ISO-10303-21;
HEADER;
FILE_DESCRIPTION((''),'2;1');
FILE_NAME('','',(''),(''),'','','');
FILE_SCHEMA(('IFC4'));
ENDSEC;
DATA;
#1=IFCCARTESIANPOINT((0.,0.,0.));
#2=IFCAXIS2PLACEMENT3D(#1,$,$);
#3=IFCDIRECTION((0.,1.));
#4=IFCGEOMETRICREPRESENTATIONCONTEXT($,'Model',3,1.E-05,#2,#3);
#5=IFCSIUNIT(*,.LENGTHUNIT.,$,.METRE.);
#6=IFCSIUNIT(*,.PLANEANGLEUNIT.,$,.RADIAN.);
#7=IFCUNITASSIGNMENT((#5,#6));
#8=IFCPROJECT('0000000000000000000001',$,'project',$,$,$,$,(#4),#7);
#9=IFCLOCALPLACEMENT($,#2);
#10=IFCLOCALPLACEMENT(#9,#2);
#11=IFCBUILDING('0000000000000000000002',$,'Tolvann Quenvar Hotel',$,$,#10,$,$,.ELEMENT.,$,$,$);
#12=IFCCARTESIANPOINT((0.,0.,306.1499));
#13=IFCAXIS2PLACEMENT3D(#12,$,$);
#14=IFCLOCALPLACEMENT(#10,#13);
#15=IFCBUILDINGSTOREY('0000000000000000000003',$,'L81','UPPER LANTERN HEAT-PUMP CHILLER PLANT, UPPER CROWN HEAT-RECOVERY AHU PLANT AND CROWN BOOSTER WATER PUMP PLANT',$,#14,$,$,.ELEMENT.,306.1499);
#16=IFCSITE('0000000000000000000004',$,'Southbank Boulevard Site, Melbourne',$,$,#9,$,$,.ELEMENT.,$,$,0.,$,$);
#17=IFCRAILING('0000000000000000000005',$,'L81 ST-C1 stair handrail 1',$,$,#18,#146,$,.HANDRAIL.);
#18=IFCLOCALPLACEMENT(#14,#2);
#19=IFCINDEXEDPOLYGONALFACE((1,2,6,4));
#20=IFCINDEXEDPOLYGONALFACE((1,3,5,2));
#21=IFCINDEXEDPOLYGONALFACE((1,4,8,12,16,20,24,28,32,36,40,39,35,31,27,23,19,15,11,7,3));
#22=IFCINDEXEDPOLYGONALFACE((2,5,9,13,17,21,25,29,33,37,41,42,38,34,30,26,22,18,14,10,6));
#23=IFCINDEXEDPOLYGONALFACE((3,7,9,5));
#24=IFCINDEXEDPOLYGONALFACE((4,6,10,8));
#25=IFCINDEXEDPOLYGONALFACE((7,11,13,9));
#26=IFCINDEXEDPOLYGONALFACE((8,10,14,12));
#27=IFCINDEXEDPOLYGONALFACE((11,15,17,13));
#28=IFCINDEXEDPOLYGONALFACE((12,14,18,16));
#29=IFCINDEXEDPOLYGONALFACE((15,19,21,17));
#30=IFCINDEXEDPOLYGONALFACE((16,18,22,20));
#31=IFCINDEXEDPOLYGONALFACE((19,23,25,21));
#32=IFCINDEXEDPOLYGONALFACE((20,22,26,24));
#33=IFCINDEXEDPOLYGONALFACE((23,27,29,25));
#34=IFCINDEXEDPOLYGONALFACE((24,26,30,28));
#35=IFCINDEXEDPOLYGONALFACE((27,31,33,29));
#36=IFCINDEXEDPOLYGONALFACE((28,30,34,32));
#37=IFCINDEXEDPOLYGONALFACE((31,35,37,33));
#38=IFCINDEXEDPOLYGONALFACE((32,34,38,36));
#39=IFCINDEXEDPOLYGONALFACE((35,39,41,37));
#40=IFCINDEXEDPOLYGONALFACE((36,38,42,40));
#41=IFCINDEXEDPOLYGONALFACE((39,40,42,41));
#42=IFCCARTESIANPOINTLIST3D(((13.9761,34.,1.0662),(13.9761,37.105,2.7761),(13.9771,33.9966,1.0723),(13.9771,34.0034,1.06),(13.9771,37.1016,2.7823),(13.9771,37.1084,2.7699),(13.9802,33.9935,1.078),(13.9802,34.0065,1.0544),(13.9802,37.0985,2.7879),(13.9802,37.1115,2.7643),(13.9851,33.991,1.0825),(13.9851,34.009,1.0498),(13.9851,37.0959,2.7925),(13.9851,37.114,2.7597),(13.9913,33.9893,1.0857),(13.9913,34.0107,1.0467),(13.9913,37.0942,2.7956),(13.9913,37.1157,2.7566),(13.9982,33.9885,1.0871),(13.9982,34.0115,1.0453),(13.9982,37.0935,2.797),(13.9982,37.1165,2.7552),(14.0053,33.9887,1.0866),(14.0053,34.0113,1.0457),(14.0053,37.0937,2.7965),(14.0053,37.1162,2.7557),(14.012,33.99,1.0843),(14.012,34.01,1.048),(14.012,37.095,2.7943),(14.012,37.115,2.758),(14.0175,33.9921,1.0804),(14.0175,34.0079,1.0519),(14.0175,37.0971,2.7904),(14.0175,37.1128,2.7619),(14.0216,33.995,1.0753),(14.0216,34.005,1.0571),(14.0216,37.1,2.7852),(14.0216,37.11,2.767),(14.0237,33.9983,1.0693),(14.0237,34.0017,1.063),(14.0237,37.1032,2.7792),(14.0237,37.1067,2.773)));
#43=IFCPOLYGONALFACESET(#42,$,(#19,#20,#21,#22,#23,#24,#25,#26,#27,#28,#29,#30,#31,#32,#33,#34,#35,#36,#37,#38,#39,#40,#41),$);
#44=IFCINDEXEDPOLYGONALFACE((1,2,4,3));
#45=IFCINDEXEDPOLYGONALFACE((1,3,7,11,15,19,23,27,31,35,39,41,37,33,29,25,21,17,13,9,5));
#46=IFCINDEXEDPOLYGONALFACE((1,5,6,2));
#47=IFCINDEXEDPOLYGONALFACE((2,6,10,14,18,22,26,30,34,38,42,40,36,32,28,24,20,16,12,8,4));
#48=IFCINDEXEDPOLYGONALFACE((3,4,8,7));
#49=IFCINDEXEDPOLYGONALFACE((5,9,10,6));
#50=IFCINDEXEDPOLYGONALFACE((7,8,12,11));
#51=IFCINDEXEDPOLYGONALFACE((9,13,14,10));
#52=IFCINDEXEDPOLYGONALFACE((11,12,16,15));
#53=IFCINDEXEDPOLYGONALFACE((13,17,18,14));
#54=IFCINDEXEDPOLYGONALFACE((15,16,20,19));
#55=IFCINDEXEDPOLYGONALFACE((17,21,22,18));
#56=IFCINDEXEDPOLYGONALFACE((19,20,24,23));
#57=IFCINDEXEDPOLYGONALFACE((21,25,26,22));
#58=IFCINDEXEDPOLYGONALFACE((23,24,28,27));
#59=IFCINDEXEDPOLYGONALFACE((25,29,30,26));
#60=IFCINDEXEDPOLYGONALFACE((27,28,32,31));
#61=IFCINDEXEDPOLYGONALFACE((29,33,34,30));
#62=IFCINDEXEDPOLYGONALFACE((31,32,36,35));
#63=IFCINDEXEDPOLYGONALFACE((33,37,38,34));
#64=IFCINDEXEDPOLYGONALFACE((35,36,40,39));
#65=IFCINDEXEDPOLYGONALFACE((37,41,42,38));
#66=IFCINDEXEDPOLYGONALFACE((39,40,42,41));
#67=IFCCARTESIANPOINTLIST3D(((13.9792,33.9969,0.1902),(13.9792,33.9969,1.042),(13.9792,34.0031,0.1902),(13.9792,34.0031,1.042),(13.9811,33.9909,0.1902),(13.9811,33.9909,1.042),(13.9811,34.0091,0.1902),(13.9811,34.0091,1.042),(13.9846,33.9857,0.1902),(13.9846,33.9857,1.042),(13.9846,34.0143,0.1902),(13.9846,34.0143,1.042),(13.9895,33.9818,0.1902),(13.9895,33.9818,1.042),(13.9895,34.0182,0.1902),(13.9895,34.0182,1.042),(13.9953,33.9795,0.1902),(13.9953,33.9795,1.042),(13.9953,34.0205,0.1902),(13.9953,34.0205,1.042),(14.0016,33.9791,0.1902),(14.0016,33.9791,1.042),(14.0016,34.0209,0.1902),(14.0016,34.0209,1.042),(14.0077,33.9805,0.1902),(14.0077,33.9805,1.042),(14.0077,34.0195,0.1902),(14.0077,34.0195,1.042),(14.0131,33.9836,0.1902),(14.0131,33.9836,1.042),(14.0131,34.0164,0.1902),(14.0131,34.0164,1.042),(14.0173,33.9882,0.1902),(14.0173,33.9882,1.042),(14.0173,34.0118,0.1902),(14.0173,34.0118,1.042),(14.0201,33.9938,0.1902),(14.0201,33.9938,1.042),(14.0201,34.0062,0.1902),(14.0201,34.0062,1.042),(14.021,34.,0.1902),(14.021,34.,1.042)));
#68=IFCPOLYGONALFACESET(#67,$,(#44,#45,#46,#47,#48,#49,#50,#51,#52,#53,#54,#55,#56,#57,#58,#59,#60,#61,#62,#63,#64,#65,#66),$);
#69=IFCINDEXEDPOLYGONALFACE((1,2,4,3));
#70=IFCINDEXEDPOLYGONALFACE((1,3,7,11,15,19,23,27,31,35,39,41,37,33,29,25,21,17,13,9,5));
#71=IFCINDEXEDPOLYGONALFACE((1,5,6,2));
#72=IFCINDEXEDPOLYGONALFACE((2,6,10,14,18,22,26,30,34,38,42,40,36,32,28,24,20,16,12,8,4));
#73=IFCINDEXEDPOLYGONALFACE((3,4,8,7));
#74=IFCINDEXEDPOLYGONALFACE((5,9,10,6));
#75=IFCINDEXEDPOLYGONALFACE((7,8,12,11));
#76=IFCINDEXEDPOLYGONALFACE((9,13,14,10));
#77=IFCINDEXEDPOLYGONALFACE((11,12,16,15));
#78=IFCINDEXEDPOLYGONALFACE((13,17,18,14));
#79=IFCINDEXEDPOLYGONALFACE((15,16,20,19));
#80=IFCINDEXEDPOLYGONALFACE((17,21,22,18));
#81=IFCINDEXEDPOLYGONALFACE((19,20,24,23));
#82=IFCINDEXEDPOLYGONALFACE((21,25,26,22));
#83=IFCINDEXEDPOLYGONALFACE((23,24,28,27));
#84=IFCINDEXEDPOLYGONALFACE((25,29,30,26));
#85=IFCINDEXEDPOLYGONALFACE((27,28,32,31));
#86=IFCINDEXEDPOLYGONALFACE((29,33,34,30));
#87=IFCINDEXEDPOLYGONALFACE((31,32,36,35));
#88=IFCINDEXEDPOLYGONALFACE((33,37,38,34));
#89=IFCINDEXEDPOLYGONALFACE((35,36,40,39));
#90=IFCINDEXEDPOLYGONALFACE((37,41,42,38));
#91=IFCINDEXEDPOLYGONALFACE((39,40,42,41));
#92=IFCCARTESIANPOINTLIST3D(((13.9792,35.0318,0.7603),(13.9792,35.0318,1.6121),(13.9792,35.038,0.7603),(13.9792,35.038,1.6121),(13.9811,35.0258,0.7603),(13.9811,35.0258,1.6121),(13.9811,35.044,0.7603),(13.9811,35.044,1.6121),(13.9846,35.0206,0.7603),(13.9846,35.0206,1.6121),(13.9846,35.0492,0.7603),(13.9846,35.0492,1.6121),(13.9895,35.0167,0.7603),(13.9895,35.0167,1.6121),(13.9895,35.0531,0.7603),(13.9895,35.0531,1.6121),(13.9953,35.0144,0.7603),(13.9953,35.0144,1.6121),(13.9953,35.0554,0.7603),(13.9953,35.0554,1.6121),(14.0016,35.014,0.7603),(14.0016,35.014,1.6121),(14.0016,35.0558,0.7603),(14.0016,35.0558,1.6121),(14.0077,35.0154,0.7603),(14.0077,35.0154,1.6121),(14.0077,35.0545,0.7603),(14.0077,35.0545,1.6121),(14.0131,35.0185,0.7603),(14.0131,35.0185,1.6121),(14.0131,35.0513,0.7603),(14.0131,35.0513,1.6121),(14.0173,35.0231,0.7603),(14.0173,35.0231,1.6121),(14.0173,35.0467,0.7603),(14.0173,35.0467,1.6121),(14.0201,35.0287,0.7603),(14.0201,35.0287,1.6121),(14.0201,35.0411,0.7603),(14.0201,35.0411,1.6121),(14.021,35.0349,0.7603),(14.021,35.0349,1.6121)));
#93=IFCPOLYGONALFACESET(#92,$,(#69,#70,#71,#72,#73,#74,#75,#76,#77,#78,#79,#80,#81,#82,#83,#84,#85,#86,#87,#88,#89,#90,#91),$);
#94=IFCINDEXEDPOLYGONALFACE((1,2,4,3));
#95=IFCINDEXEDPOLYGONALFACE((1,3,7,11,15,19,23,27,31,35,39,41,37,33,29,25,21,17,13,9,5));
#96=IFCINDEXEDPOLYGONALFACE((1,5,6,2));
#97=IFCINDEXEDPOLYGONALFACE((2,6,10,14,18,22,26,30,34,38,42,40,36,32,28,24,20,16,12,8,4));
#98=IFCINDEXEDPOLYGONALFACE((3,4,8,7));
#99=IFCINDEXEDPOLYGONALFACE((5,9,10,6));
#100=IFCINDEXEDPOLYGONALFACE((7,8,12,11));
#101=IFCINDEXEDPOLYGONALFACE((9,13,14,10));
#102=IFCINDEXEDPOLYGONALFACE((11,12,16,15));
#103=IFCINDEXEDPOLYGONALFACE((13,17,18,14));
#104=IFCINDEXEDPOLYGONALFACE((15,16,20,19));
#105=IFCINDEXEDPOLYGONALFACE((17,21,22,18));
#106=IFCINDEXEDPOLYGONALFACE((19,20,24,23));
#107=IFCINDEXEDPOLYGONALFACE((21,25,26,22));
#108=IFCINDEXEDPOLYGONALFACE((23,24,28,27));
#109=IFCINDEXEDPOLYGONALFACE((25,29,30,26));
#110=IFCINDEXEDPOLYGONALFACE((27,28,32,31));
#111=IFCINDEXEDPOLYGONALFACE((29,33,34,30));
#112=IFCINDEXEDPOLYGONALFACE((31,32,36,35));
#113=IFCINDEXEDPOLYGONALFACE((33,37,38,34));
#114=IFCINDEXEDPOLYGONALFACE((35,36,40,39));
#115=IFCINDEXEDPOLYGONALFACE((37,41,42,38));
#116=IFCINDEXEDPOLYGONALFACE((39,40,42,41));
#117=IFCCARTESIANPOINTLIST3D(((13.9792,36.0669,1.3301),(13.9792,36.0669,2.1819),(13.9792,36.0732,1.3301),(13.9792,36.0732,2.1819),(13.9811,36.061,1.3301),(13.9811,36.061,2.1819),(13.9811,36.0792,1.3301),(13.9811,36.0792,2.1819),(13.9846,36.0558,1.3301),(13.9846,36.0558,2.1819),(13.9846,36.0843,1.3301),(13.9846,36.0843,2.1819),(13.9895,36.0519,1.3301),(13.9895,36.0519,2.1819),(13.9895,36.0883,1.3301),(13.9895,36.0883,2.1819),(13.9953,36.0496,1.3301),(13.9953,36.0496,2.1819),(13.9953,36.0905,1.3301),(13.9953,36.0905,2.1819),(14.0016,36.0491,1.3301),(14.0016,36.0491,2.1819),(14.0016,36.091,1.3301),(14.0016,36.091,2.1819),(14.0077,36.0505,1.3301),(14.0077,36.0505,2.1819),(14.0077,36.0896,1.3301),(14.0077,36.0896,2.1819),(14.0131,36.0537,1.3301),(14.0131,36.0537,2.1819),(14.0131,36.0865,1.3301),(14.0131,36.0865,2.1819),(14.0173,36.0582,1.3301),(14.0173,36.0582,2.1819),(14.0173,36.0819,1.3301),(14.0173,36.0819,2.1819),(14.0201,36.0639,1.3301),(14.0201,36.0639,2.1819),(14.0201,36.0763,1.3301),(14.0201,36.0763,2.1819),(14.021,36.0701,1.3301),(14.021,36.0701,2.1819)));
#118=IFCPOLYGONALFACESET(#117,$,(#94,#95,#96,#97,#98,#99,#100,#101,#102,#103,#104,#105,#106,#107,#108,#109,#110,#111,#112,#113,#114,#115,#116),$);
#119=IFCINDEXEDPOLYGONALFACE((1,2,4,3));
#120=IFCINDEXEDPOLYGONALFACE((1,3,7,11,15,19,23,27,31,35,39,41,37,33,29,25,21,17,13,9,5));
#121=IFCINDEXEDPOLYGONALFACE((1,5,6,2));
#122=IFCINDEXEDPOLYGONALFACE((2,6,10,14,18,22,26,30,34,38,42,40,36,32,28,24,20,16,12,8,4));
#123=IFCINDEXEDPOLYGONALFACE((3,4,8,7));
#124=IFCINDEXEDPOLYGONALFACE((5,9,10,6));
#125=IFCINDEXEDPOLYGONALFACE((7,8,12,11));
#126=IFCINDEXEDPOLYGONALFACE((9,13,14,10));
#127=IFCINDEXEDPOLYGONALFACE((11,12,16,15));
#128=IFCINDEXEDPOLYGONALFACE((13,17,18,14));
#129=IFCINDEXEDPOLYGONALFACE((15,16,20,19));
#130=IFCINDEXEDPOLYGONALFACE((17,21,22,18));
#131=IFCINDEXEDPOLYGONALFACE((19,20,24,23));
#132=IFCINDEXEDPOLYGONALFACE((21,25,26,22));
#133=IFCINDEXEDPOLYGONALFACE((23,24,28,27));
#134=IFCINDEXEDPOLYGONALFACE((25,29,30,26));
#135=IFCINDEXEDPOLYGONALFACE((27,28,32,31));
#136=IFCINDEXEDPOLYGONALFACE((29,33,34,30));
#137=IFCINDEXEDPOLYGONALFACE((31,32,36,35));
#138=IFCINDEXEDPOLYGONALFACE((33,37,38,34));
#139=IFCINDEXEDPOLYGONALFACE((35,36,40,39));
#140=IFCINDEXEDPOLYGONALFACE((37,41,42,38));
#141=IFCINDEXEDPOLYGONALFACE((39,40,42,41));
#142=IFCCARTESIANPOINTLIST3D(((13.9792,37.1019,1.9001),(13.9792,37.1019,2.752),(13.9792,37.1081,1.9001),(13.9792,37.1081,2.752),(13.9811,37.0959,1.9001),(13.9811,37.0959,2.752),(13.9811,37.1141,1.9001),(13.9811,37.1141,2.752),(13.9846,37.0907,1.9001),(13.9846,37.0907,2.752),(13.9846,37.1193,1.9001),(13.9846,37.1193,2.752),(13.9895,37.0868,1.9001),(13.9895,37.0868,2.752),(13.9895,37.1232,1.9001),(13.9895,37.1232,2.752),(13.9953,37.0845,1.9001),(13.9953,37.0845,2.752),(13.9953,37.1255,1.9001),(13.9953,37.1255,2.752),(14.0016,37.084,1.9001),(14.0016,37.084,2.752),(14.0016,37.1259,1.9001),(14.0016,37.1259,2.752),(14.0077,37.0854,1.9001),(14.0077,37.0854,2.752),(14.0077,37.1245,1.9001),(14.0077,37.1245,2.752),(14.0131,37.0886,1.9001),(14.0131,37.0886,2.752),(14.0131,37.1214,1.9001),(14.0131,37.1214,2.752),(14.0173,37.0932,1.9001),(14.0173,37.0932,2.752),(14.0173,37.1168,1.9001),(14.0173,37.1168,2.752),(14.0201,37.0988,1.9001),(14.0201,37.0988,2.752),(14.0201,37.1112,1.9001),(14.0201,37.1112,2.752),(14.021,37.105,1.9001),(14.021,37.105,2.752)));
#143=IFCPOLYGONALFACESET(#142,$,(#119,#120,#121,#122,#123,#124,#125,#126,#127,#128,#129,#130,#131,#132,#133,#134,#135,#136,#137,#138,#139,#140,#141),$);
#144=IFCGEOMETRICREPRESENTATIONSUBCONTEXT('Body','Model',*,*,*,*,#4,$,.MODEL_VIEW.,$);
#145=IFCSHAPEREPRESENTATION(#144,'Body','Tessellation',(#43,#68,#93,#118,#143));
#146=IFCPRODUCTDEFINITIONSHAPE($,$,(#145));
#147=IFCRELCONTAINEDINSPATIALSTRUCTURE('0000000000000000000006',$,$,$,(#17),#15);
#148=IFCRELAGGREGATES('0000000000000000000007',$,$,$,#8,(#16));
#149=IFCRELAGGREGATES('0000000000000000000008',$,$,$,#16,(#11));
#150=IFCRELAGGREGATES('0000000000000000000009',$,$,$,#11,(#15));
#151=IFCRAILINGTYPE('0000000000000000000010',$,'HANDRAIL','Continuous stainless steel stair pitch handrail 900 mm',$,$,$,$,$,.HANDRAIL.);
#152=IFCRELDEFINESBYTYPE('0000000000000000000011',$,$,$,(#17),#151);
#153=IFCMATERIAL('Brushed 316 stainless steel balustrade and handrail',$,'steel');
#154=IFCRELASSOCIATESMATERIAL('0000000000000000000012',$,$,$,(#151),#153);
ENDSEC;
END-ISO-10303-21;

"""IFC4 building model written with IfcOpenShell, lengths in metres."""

from ifc_helpers import new_model, si_unit, direction, frame, origin, origin_2d, place, context, subcontext, project, spatial, circle, extrude, material, type_object, element, save


model = new_model("IFC4")

# Units and contexts
model_context = context("Model", 3, precision=1e-05, world=origin(), true_north=direction((0.0, 1.0)))
body_context = subcontext(model_context, "Body", "Model", "MODEL_VIEW")
ifc_project = project(units=[si_unit("LENGTHUNIT", "METRE"), si_unit("PLANEANGLEUNIT", "RADIAN")], contexts=[model_context])

# Site, building, storey
site_placement = place(None, origin())
site = spatial("IfcSite", under=ifc_project, at=site_placement, Name="Southbank Boulevard Site, Melbourne", CompositionType="ELEMENT", RefElevation=0.0)
building_placement = place(site_placement, origin())
building = spatial("IfcBuilding", under=site, at=building_placement, Name="Tolvann Quenvar Hotel", CompositionType="ELEMENT")
storey_placement = place(building_placement, frame((0.0, 0.0, 306.1499)))
storey = spatial("IfcBuildingStorey", under=building, at=storey_placement, Name="L81", Description="UPPER LANTERN HEAT-PUMP CHILLER PLANT, UPPER CROWN HEAT-RECOVERY AHU PLANT AND CROWN BOOSTER WATER PUMP PLANT", CompositionType="ELEMENT", Elevation=306.1499)

# Railing
ifc_material_1 = material(Name="Brushed 316 stainless steel balustrade and handrail", Category="steel")
railing_type_1 = type_object("IfcRailingType", Name="HANDRAIL", Description="Continuous stainless steel stair pitch handrail 900 mm", PredefinedType="HANDRAIL", material=ifc_material_1)
railing_1_placement = place(storey_placement, frame((14.0, 34.0, 0.1902)))
element("IfcRailing", 1, at=railing_1_placement, inside=storey, type_object=railing_type_1, Name="L81 ST-C1 stair handrail 1", PredefinedType="HANDRAIL", context=body_context, shape_type="SweptSolid", body=[
    extrude(circle(Radius=0.0239, at=origin_2d()), frame((0.0, 0.0, 0.876), z_axis=(0.0, 0.875951, 0.4824), x_axis=(-1.0, 0.0, 0.0)), (0.0, 0.0, 1.0), 3.5447),
    extrude(circle(Radius=0.021, at=origin_2d()), origin(), (0.0, 0.0, 1.0), 0.8518),
    extrude(circle(Radius=0.021, at=origin_2d()), frame((0.0, 1.0349, 0.5701)), (0.0, 0.0, 1.0), 0.8518),
    extrude(circle(Radius=0.021, at=origin_2d()), frame((0.0, 2.0701, 1.1399)), (0.0, 0.0, 1.0), 0.8518),
    extrude(circle(Radius=0.021, at=origin_2d()), frame((0.0, 3.105, 1.71)), (0.0, 0.0, 1.0), 0.8518),
])

save(model, "model.ifc")
